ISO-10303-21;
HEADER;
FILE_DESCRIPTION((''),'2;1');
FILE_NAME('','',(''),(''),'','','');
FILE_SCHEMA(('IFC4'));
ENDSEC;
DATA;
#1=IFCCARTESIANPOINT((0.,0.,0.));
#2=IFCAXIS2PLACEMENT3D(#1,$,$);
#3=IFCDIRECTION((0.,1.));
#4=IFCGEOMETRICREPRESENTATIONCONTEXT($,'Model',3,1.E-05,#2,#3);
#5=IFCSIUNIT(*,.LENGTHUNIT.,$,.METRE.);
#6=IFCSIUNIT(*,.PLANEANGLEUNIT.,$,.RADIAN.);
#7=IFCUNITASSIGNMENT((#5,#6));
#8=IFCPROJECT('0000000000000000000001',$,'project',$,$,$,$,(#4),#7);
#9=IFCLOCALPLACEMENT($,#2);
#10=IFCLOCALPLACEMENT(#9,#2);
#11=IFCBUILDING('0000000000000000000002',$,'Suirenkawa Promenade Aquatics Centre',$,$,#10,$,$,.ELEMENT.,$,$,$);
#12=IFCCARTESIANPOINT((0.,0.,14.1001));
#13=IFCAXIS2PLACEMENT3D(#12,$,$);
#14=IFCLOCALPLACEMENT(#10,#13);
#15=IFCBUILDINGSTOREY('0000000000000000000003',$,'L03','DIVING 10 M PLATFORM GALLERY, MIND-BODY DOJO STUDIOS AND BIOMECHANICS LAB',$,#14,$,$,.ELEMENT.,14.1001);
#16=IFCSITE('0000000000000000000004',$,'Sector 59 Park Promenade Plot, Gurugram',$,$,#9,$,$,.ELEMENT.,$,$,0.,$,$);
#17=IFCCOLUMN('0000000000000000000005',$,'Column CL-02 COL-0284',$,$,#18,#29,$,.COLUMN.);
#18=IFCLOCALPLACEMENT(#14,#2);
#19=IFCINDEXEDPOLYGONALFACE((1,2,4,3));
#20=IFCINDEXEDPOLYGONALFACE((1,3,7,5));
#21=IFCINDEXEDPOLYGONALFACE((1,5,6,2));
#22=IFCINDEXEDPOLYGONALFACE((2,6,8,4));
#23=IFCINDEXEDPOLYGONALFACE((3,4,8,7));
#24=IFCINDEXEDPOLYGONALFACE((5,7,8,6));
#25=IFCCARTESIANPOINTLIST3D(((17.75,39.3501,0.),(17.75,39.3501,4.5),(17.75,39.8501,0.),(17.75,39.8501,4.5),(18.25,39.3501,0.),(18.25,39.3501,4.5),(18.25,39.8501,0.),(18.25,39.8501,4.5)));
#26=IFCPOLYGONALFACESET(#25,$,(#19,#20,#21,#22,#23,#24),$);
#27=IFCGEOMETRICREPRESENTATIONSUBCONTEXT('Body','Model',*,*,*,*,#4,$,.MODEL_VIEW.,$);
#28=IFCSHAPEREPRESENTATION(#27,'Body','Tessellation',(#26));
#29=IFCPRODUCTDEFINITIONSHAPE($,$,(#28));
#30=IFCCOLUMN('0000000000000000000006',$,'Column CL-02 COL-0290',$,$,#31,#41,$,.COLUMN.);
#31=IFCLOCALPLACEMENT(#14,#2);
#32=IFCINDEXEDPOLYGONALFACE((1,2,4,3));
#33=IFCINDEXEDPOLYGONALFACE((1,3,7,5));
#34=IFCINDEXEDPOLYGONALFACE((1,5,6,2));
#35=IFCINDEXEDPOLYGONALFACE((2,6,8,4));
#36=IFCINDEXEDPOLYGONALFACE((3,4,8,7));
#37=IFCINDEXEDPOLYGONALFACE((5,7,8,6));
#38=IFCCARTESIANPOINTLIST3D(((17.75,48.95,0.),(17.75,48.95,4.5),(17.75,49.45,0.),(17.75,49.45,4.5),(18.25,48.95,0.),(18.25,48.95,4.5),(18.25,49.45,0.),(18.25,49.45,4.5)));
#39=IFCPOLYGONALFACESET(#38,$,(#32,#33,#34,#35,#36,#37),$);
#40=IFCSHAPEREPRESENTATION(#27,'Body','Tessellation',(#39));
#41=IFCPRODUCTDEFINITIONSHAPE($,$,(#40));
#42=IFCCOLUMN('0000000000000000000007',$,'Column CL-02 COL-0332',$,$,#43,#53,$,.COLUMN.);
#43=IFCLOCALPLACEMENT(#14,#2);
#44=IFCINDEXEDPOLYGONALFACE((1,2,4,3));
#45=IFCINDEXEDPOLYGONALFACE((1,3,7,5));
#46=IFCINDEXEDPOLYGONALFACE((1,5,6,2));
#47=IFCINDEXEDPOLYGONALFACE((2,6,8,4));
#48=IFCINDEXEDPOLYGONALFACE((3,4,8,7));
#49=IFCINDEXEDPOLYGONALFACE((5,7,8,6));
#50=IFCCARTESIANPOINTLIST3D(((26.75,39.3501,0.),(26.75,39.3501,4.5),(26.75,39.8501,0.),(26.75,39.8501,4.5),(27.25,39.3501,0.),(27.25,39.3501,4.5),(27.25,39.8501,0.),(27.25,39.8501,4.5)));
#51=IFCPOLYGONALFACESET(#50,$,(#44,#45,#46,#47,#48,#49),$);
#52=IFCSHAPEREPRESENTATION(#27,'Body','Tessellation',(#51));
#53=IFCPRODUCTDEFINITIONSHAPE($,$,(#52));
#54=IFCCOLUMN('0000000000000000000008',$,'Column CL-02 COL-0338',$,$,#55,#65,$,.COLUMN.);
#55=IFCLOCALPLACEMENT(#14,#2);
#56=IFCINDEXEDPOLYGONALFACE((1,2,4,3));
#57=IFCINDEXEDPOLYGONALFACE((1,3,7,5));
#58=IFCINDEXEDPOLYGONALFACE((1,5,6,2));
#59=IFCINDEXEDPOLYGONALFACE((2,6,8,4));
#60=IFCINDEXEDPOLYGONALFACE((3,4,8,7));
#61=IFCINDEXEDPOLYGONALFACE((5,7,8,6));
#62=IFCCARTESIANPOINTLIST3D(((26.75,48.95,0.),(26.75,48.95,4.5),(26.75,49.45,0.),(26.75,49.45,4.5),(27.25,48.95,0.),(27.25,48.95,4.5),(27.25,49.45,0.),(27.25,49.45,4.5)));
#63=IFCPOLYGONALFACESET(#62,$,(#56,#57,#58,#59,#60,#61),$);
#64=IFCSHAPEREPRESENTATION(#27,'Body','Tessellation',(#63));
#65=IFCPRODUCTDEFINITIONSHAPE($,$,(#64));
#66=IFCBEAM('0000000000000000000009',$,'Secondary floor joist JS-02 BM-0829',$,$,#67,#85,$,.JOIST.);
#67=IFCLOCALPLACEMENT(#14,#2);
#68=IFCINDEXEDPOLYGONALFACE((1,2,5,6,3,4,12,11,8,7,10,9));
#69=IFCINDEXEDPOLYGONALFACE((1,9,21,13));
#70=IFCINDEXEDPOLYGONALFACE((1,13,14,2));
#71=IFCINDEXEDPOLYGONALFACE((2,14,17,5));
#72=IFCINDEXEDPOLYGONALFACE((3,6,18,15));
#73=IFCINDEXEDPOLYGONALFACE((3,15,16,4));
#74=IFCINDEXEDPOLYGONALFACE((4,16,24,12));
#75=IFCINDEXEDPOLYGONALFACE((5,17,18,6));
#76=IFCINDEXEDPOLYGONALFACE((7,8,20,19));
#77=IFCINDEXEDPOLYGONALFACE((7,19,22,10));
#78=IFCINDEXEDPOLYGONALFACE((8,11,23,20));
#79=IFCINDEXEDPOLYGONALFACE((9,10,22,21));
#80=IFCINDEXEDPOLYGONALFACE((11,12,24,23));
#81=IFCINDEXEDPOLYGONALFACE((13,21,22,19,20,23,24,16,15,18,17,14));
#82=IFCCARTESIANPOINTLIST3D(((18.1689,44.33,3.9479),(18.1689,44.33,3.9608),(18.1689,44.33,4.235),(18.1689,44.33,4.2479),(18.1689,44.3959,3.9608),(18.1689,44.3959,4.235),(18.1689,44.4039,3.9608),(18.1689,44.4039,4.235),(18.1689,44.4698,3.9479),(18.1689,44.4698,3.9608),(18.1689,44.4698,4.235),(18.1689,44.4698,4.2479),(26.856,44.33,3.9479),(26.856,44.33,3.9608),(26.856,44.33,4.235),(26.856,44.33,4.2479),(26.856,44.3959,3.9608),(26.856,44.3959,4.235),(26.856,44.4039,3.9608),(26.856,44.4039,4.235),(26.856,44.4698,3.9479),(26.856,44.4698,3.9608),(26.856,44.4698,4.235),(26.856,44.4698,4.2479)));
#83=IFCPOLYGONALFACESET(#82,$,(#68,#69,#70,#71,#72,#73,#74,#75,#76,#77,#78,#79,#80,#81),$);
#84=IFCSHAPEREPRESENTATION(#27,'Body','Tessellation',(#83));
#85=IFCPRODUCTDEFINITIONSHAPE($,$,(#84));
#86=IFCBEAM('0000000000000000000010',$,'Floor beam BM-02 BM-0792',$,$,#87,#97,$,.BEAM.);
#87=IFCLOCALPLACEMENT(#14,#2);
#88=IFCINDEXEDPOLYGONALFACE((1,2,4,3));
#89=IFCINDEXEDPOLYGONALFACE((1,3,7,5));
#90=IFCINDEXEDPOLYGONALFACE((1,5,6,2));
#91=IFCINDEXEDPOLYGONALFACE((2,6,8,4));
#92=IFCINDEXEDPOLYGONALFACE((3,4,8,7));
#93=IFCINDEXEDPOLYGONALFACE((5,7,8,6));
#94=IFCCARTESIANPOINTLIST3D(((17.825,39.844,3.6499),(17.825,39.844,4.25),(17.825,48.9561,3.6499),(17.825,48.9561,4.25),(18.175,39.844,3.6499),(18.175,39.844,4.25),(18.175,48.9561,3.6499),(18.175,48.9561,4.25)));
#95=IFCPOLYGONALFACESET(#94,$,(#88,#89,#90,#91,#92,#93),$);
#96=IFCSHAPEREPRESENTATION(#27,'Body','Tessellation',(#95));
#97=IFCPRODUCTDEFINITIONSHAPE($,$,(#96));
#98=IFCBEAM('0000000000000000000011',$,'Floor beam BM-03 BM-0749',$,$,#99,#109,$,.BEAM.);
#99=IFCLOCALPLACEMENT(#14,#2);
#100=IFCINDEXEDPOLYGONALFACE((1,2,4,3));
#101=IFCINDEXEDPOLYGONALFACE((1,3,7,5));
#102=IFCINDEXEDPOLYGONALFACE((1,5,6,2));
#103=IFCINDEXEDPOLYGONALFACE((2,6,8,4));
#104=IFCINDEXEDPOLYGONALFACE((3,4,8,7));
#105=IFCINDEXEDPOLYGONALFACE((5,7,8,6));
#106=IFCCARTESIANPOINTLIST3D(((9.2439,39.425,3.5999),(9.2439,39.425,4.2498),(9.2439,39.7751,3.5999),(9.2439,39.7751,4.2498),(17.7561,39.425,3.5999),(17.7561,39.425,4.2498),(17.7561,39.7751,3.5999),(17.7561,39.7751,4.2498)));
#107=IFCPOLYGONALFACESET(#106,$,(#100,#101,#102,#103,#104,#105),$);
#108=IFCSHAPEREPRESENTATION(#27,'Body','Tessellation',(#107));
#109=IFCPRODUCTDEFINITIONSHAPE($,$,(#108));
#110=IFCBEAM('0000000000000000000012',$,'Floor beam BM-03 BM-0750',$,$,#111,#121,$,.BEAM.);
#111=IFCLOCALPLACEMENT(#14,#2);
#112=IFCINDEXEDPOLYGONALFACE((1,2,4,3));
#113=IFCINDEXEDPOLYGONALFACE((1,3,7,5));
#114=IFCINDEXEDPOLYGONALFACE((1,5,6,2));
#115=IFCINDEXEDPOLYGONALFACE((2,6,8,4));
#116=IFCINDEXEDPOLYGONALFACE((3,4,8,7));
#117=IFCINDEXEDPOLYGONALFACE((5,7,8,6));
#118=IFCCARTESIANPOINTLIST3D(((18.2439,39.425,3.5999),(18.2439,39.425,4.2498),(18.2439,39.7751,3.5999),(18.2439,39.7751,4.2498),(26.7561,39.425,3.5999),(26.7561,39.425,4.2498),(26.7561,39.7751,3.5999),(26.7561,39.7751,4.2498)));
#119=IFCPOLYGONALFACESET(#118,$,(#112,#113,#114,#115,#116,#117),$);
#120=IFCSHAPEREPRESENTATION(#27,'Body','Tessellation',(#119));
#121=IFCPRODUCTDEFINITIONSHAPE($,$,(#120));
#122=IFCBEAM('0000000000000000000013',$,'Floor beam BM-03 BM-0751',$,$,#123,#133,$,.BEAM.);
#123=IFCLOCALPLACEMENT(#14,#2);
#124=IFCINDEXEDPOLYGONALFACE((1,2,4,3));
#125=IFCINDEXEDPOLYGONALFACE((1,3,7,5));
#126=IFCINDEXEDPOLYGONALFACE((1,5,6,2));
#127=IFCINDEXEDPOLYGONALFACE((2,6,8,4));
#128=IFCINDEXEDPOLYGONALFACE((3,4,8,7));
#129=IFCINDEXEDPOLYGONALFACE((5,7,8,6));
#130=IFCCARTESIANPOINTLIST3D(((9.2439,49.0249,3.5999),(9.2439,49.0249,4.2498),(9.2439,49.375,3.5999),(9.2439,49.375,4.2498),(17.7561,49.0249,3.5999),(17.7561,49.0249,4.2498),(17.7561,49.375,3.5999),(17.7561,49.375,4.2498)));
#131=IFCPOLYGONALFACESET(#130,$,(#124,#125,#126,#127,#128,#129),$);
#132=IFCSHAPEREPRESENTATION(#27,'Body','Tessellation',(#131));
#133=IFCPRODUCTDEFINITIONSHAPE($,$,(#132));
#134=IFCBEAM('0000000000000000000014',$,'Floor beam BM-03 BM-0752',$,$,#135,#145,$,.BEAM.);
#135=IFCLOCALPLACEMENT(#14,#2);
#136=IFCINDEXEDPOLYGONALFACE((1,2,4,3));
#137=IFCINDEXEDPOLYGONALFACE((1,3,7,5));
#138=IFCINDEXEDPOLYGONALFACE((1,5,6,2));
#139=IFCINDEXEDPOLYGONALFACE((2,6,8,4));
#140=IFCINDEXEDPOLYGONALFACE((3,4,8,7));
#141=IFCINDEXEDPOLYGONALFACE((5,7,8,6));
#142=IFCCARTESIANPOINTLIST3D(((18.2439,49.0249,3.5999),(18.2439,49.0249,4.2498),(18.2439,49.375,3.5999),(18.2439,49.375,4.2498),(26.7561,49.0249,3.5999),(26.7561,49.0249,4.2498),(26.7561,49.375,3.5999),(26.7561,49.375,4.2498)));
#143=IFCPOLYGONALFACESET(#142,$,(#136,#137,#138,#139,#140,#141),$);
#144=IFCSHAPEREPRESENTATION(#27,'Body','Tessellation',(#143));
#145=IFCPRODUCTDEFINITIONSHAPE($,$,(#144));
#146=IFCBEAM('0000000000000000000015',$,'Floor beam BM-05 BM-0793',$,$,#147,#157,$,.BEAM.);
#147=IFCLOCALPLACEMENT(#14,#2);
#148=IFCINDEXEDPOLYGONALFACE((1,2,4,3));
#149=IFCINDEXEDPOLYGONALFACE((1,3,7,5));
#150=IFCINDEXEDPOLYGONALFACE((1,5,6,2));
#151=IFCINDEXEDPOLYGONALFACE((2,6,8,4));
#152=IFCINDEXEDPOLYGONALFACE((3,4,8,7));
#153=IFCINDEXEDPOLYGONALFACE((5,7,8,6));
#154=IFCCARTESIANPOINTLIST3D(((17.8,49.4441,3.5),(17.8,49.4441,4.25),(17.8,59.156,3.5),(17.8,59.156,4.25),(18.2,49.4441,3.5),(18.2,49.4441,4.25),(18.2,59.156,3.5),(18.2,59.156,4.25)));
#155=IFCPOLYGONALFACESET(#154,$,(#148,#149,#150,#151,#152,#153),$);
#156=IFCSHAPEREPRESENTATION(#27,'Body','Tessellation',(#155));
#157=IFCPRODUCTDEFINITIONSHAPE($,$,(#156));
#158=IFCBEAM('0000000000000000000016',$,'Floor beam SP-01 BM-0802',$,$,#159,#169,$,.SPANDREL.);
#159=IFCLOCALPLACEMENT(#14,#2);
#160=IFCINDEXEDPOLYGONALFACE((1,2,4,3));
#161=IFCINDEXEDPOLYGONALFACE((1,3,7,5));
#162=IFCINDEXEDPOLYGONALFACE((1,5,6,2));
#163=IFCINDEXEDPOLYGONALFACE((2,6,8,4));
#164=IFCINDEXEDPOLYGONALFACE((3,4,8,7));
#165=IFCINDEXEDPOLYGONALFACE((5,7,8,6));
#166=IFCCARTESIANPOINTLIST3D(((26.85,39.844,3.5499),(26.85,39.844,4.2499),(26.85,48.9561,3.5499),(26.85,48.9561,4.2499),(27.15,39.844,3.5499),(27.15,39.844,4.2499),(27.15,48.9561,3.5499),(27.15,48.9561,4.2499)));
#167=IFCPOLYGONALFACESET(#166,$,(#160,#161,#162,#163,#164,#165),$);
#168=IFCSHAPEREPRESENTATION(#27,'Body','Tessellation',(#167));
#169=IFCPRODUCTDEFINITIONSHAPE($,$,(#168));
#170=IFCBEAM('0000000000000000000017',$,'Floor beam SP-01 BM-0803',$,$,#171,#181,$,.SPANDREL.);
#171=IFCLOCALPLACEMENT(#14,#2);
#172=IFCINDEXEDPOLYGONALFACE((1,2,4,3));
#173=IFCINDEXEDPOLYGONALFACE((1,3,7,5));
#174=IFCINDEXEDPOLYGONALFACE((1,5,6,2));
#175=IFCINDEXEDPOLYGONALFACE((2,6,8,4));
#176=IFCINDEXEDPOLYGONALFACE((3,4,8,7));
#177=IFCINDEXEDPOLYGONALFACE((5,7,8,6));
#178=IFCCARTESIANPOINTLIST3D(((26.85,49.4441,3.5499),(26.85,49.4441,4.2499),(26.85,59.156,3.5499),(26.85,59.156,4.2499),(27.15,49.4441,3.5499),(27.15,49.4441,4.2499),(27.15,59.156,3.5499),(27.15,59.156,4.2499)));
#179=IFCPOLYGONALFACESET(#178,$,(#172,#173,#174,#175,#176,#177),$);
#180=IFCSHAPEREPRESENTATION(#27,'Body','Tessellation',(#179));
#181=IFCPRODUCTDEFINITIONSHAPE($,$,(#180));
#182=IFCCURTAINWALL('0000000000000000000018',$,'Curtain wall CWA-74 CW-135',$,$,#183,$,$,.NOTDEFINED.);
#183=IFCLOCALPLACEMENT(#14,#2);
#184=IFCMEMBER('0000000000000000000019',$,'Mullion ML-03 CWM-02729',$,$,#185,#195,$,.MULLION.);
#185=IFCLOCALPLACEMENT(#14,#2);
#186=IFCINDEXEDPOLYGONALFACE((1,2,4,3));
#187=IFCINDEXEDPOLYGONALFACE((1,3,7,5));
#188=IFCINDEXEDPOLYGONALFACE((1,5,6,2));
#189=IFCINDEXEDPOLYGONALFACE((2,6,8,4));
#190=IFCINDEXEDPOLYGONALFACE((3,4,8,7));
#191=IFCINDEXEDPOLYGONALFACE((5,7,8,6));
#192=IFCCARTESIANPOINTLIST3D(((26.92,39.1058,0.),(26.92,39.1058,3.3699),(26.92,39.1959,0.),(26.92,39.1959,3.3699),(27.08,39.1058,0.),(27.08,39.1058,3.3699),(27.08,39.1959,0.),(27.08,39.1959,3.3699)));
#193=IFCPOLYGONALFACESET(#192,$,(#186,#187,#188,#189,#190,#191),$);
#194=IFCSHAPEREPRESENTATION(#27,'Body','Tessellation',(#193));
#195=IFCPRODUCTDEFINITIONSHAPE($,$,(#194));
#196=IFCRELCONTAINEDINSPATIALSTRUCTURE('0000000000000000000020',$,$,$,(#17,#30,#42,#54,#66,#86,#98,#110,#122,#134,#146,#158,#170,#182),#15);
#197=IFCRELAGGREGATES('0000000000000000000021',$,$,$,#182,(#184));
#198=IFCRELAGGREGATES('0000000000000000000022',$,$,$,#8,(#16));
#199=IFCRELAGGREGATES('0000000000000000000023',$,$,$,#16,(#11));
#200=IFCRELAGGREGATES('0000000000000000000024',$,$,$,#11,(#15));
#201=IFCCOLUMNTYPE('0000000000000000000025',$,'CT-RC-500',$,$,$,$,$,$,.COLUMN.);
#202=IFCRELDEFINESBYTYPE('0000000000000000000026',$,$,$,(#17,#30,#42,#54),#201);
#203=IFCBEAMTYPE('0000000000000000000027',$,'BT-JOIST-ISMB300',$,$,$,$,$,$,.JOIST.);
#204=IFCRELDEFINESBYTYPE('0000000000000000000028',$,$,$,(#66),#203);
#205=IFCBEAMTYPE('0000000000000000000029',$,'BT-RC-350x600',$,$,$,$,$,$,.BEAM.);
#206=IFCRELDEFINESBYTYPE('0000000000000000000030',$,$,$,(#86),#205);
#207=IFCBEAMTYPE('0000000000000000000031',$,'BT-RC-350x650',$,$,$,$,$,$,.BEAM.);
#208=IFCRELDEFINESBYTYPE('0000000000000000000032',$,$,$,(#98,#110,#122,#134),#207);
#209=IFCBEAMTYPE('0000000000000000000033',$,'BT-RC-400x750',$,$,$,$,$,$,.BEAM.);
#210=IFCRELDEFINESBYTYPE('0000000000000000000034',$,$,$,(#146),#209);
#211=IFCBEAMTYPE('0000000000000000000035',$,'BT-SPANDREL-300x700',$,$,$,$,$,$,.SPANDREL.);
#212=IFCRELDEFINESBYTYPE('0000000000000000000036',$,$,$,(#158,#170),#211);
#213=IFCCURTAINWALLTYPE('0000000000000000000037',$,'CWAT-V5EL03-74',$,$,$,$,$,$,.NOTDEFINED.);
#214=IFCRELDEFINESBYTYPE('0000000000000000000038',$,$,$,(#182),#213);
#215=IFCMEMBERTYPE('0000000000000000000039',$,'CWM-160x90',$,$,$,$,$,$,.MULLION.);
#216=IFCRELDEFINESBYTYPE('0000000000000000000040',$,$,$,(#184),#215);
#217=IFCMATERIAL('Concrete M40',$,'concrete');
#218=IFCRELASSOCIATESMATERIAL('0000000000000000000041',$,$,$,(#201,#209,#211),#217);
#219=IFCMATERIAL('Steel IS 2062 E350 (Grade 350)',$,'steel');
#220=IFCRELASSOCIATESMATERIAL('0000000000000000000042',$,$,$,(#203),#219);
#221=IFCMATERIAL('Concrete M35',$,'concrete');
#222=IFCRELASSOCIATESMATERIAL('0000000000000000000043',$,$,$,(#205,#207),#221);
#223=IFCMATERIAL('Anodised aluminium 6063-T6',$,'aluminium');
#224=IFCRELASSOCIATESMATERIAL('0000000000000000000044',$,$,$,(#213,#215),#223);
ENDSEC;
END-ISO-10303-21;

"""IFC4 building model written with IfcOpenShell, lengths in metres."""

from ifc_helpers import new_model, si_unit, direction, frame, origin, origin_2d, place, context, subcontext, project, spatial, rectangle, i_section, extrude, material, material_profile, profile_set, type_object, element, aggregate, save


model = new_model("IFC4")

# Units and contexts
model_context = context("Model", 3, precision=1e-05, world=origin(), true_north=direction((0.0, 1.0)))
body_context = subcontext(model_context, "Body", "Model", "MODEL_VIEW")
ifc_project = project(units=[si_unit("LENGTHUNIT", "METRE"), si_unit("PLANEANGLEUNIT", "RADIAN")], contexts=[model_context])

# Site, building, storey
site_placement = place(None, origin())
site = spatial("IfcSite", under=ifc_project, at=site_placement, Name="Sector 59 Park Promenade Plot, Gurugram", CompositionType="ELEMENT", RefElevation=0.0)
building_placement = place(site_placement, origin())
building = spatial("IfcBuilding", under=site, at=building_placement, Name="Suirenkawa Promenade Aquatics Centre", CompositionType="ELEMENT")
storey_placement = place(building_placement, frame((0.0, 0.0, 14.1001)))
storey = spatial("IfcBuildingStorey", under=building, at=storey_placement, Name="L03", Description="DIVING 10 M PLATFORM GALLERY, MIND-BODY DOJO STUDIOS AND BIOMECHANICS LAB", CompositionType="ELEMENT", Elevation=14.1001)

# Columns
ifc_material_1 = material(Name="Concrete M40", Category="concrete")
ifc_material_profile_1 = material_profile(ifc_material_1, rectangle(XDim=0.5, YDim=0.5, at=origin_2d()), Name="RC COL 500x500", Category="concrete")
ifc_profile_set_1 = profile_set([ifc_material_profile_1], Name="Concrete M40")
column_type = type_object("IfcColumnType", Name="CT-RC-500", PredefinedType="COLUMN", material=ifc_profile_set_1)
for number, where, z_axis, x_axis, name in (
    (1, (18.0, 39.6001, 0.0), (0.0, 0.0, 1.0), (1.0, 0.0, 0.0), "Column CL-02 COL-0284"),
    (2, (18.0, 49.2, 0.0), (0.0, 0.0, 1.0), (1.0, 0.0, 0.0), "Column CL-02 COL-0290"),
    (3, (27.0, 39.6001, 0.0), (0.0, 0.0, 1.0), (1.0, 0.0, 0.0), "Column CL-02 COL-0332"),
    (4, (27.0, 49.2, 0.0), (0.0, 0.0, 1.0), (1.0, 0.0, 0.0), "Column CL-02 COL-0338"),
):
    element("IfcColumn", number, at=place(storey_placement, frame(where, z_axis=z_axis, x_axis=x_axis)), inside=storey, type_object=column_type, Name=name, PredefinedType="COLUMN", context=body_context, shape_type="SweptSolid", body=[
        extrude(rectangle(XDim=0.5, YDim=0.5, at=origin_2d()), origin(), (0.0, 0.0, 1.0), 4.5),
    ])

# Beams
ifc_material_2 = material(Name="Steel IS 2062 E350 (Grade 350)", Category="steel")
ifc_material_profile_2 = material_profile(ifc_material_2, i_section(OverallWidth=0.1399, OverallDepth=0.3, WebThickness=0.0081, FlangeThickness=0.0129, at=origin_2d()), Name="ISMB 300", Category="steel")
ifc_profile_set_2 = profile_set([ifc_material_profile_2], Name="Steel IS 2062 E350 (Grade 350)")
beam_type_1 = type_object("IfcBeamType", Name="BT-JOIST-ISMB300", PredefinedType="JOIST", material=ifc_profile_set_2)
beam_1_placement = place(storey_placement, frame((18.1689, 44.3999, 4.0979), z_axis=(1.0, 0.0, 0.0), x_axis=(0.0, 1.0, 0.0)))
element("IfcBeam", 5, at=beam_1_placement, inside=storey, type_object=beam_type_1, Name="Secondary floor joist JS-02 BM-0829", PredefinedType="JOIST", context=body_context, shape_type="SweptSolid", body=[
    extrude(i_section(OverallWidth=0.1399, OverallDepth=0.3, WebThickness=0.0081, FlangeThickness=0.0129, at=origin_2d()), origin(), (0.0, 0.0, 1.0), 8.687),
])
ifc_material_3 = material(Name="Concrete M35", Category="concrete")
ifc_material_profile_3 = material_profile(ifc_material_3, rectangle(XDim=0.3501, YDim=0.6001, at=origin_2d()), Name="RC BM 350x600", Category="concrete")
ifc_profile_set_3 = profile_set([ifc_material_profile_3], Name="Concrete M35")
beam_type_2 = type_object("IfcBeamType", Name="BT-RC-350x600", PredefinedType="BEAM", material=ifc_profile_set_3)
beam_2_placement = place(storey_placement, frame((18.0, 39.844, 3.95), z_axis=(0.0, 1.0, 0.0), x_axis=(-1.0, 0.0, 0.0)))
element("IfcBeam", 6, at=beam_2_placement, inside=storey, type_object=beam_type_2, Name="Floor beam BM-02 BM-0792", PredefinedType="BEAM", context=body_context, shape_type="SweptSolid", body=[
    extrude(rectangle(XDim=0.3501, YDim=0.6001, at=origin_2d()), origin(), (0.0, 0.0, 1.0), 9.1121),
])
ifc_material_profile_4 = material_profile(ifc_material_3, rectangle(XDim=0.3501, YDim=0.6499, at=origin_2d()), Name="RC BM 350x650", Category="concrete")
ifc_profile_set_4 = profile_set([ifc_material_profile_4], Name="Concrete M35")
beam_type_3 = type_object("IfcBeamType", Name="BT-RC-350x650", PredefinedType="BEAM", material=ifc_profile_set_4)
for number, where, z_axis, x_axis, name in (
    (7, (9.2439, 39.6001, 3.9248), (1.0, 0.0, 0.0), (0.0, 1.0, 0.0), "Floor beam BM-03 BM-0749"),
    (8, (18.2439, 39.6001, 3.9248), (1.0, 0.0, 0.0), (0.0, 1.0, 0.0), "Floor beam BM-03 BM-0750"),
    (9, (9.2439, 49.2, 3.9248), (1.0, 0.0, 0.0), (0.0, 1.0, 0.0), "Floor beam BM-03 BM-0751"),
    (10, (18.2439, 49.2, 3.9248), (1.0, 0.0, 0.0), (0.0, 1.0, 0.0), "Floor beam BM-03 BM-0752"),
):
    element("IfcBeam", number, at=place(storey_placement, frame(where, z_axis=z_axis, x_axis=x_axis)), inside=storey, type_object=beam_type_3, Name=name, PredefinedType="BEAM", context=body_context, shape_type="SweptSolid", body=[
        extrude(rectangle(XDim=0.3501, YDim=0.6499, at=origin_2d()), origin(), (0.0, 0.0, 1.0), 8.5122),
    ])
ifc_material_profile_5 = material_profile(ifc_material_1, rectangle(XDim=0.3999, YDim=0.75, at=origin_2d()), Name="RC BM 400x750", Category="concrete")
ifc_profile_set_5 = profile_set([ifc_material_profile_5], Name="Concrete M40")
beam_type_4 = type_object("IfcBeamType", Name="BT-RC-400x750", PredefinedType="BEAM", material=ifc_profile_set_5)
beam_3_placement = place(storey_placement, frame((18.0, 49.4441, 3.875), z_axis=(0.0, 1.0, 0.0), x_axis=(-1.0, 0.0, 0.0)))
element("IfcBeam", 11, at=beam_3_placement, inside=storey, type_object=beam_type_4, Name="Floor beam BM-05 BM-0793", PredefinedType="BEAM", context=body_context, shape_type="SweptSolid", body=[
    extrude(rectangle(XDim=0.3999, YDim=0.75, at=origin_2d()), origin(), (0.0, 0.0, 1.0), 9.7119),
])
ifc_material_profile_6 = material_profile(ifc_material_1, rectangle(XDim=0.3, YDim=0.7, at=origin_2d()), Name="RC SPANDREL 300x700", Category="concrete")
ifc_profile_set_6 = profile_set([ifc_material_profile_6], Name="Concrete M40")
beam_type_5 = type_object("IfcBeamType", Name="BT-SPANDREL-300x700", PredefinedType="SPANDREL", material=ifc_profile_set_6)
beam_4_placement = place(storey_placement, frame((27.0, 39.844, 3.8999), z_axis=(0.0, 1.0, 0.0), x_axis=(-1.0, 0.0, 0.0)))
element("IfcBeam", 12, at=beam_4_placement, inside=storey, type_object=beam_type_5, Name="Floor beam SP-01 BM-0802", PredefinedType="SPANDREL", context=body_context, shape_type="SweptSolid", body=[
    extrude(rectangle(XDim=0.3, YDim=0.7, at=origin_2d()), origin(), (0.0, 0.0, 1.0), 9.1121),
])
beam_5_placement = place(storey_placement, frame((27.0, 49.4441, 3.8999), z_axis=(0.0, 1.0, 0.0), x_axis=(-1.0, 0.0, 0.0)))
element("IfcBeam", 13, at=beam_5_placement, inside=storey, type_object=beam_type_5, Name="Floor beam SP-01 BM-0803", PredefinedType="SPANDREL", context=body_context, shape_type="SweptSolid", body=[
    extrude(rectangle(XDim=0.3, YDim=0.7, at=origin_2d()), origin(), (0.0, 0.0, 1.0), 9.7119),
])

# Curtain wall, member
ifc_material_4 = material(Name="Anodised aluminium 6063-T6", Category="aluminium")
curtain_wall_type_1 = type_object("IfcCurtainWallType", Name="CWAT-V5EL03-74", PredefinedType="NOTDEFINED", material=ifc_material_4)
curtain_wall_1_placement = place(storey_placement, origin())
curtain_wall_1 = element("IfcCurtainWall", 14, at=curtain_wall_1_placement, inside=storey, type_object=curtain_wall_type_1, Name="Curtain wall CWA-74 CW-135", PredefinedType="NOTDEFINED")
ifc_material_profile_7 = material_profile(ifc_material_4, rectangle(XDim=0.0901, YDim=0.1599, at=origin_2d()), Name="ALU MULL 90x160", Category="aluminium")
ifc_profile_set_7 = profile_set([ifc_material_profile_7], Name="Anodised aluminium 6063-T6")
member_type_1 = type_object("IfcMemberType", Name="CWM-160x90", PredefinedType="MULLION", material=ifc_profile_set_7)
member_1_placement = place(storey_placement, frame((27.0, 39.1509, 0.0), z_axis=(0.0, 0.0, 1.0), x_axis=(0.0, -1.0, 0.0)))
member_1 = element("IfcMember", 15, at=member_1_placement, type_object=member_type_1, Name="Mullion ML-03 CWM-02729", PredefinedType="MULLION", context=body_context, shape_type="SweptSolid", body=[
    extrude(rectangle(XDim=0.0901, YDim=0.1599, at=origin_2d()), origin(), (0.0, 0.0, 1.0), 3.3699),
])

aggregate(curtain_wall_1, [member_1])

save(model, "model.ifc")
